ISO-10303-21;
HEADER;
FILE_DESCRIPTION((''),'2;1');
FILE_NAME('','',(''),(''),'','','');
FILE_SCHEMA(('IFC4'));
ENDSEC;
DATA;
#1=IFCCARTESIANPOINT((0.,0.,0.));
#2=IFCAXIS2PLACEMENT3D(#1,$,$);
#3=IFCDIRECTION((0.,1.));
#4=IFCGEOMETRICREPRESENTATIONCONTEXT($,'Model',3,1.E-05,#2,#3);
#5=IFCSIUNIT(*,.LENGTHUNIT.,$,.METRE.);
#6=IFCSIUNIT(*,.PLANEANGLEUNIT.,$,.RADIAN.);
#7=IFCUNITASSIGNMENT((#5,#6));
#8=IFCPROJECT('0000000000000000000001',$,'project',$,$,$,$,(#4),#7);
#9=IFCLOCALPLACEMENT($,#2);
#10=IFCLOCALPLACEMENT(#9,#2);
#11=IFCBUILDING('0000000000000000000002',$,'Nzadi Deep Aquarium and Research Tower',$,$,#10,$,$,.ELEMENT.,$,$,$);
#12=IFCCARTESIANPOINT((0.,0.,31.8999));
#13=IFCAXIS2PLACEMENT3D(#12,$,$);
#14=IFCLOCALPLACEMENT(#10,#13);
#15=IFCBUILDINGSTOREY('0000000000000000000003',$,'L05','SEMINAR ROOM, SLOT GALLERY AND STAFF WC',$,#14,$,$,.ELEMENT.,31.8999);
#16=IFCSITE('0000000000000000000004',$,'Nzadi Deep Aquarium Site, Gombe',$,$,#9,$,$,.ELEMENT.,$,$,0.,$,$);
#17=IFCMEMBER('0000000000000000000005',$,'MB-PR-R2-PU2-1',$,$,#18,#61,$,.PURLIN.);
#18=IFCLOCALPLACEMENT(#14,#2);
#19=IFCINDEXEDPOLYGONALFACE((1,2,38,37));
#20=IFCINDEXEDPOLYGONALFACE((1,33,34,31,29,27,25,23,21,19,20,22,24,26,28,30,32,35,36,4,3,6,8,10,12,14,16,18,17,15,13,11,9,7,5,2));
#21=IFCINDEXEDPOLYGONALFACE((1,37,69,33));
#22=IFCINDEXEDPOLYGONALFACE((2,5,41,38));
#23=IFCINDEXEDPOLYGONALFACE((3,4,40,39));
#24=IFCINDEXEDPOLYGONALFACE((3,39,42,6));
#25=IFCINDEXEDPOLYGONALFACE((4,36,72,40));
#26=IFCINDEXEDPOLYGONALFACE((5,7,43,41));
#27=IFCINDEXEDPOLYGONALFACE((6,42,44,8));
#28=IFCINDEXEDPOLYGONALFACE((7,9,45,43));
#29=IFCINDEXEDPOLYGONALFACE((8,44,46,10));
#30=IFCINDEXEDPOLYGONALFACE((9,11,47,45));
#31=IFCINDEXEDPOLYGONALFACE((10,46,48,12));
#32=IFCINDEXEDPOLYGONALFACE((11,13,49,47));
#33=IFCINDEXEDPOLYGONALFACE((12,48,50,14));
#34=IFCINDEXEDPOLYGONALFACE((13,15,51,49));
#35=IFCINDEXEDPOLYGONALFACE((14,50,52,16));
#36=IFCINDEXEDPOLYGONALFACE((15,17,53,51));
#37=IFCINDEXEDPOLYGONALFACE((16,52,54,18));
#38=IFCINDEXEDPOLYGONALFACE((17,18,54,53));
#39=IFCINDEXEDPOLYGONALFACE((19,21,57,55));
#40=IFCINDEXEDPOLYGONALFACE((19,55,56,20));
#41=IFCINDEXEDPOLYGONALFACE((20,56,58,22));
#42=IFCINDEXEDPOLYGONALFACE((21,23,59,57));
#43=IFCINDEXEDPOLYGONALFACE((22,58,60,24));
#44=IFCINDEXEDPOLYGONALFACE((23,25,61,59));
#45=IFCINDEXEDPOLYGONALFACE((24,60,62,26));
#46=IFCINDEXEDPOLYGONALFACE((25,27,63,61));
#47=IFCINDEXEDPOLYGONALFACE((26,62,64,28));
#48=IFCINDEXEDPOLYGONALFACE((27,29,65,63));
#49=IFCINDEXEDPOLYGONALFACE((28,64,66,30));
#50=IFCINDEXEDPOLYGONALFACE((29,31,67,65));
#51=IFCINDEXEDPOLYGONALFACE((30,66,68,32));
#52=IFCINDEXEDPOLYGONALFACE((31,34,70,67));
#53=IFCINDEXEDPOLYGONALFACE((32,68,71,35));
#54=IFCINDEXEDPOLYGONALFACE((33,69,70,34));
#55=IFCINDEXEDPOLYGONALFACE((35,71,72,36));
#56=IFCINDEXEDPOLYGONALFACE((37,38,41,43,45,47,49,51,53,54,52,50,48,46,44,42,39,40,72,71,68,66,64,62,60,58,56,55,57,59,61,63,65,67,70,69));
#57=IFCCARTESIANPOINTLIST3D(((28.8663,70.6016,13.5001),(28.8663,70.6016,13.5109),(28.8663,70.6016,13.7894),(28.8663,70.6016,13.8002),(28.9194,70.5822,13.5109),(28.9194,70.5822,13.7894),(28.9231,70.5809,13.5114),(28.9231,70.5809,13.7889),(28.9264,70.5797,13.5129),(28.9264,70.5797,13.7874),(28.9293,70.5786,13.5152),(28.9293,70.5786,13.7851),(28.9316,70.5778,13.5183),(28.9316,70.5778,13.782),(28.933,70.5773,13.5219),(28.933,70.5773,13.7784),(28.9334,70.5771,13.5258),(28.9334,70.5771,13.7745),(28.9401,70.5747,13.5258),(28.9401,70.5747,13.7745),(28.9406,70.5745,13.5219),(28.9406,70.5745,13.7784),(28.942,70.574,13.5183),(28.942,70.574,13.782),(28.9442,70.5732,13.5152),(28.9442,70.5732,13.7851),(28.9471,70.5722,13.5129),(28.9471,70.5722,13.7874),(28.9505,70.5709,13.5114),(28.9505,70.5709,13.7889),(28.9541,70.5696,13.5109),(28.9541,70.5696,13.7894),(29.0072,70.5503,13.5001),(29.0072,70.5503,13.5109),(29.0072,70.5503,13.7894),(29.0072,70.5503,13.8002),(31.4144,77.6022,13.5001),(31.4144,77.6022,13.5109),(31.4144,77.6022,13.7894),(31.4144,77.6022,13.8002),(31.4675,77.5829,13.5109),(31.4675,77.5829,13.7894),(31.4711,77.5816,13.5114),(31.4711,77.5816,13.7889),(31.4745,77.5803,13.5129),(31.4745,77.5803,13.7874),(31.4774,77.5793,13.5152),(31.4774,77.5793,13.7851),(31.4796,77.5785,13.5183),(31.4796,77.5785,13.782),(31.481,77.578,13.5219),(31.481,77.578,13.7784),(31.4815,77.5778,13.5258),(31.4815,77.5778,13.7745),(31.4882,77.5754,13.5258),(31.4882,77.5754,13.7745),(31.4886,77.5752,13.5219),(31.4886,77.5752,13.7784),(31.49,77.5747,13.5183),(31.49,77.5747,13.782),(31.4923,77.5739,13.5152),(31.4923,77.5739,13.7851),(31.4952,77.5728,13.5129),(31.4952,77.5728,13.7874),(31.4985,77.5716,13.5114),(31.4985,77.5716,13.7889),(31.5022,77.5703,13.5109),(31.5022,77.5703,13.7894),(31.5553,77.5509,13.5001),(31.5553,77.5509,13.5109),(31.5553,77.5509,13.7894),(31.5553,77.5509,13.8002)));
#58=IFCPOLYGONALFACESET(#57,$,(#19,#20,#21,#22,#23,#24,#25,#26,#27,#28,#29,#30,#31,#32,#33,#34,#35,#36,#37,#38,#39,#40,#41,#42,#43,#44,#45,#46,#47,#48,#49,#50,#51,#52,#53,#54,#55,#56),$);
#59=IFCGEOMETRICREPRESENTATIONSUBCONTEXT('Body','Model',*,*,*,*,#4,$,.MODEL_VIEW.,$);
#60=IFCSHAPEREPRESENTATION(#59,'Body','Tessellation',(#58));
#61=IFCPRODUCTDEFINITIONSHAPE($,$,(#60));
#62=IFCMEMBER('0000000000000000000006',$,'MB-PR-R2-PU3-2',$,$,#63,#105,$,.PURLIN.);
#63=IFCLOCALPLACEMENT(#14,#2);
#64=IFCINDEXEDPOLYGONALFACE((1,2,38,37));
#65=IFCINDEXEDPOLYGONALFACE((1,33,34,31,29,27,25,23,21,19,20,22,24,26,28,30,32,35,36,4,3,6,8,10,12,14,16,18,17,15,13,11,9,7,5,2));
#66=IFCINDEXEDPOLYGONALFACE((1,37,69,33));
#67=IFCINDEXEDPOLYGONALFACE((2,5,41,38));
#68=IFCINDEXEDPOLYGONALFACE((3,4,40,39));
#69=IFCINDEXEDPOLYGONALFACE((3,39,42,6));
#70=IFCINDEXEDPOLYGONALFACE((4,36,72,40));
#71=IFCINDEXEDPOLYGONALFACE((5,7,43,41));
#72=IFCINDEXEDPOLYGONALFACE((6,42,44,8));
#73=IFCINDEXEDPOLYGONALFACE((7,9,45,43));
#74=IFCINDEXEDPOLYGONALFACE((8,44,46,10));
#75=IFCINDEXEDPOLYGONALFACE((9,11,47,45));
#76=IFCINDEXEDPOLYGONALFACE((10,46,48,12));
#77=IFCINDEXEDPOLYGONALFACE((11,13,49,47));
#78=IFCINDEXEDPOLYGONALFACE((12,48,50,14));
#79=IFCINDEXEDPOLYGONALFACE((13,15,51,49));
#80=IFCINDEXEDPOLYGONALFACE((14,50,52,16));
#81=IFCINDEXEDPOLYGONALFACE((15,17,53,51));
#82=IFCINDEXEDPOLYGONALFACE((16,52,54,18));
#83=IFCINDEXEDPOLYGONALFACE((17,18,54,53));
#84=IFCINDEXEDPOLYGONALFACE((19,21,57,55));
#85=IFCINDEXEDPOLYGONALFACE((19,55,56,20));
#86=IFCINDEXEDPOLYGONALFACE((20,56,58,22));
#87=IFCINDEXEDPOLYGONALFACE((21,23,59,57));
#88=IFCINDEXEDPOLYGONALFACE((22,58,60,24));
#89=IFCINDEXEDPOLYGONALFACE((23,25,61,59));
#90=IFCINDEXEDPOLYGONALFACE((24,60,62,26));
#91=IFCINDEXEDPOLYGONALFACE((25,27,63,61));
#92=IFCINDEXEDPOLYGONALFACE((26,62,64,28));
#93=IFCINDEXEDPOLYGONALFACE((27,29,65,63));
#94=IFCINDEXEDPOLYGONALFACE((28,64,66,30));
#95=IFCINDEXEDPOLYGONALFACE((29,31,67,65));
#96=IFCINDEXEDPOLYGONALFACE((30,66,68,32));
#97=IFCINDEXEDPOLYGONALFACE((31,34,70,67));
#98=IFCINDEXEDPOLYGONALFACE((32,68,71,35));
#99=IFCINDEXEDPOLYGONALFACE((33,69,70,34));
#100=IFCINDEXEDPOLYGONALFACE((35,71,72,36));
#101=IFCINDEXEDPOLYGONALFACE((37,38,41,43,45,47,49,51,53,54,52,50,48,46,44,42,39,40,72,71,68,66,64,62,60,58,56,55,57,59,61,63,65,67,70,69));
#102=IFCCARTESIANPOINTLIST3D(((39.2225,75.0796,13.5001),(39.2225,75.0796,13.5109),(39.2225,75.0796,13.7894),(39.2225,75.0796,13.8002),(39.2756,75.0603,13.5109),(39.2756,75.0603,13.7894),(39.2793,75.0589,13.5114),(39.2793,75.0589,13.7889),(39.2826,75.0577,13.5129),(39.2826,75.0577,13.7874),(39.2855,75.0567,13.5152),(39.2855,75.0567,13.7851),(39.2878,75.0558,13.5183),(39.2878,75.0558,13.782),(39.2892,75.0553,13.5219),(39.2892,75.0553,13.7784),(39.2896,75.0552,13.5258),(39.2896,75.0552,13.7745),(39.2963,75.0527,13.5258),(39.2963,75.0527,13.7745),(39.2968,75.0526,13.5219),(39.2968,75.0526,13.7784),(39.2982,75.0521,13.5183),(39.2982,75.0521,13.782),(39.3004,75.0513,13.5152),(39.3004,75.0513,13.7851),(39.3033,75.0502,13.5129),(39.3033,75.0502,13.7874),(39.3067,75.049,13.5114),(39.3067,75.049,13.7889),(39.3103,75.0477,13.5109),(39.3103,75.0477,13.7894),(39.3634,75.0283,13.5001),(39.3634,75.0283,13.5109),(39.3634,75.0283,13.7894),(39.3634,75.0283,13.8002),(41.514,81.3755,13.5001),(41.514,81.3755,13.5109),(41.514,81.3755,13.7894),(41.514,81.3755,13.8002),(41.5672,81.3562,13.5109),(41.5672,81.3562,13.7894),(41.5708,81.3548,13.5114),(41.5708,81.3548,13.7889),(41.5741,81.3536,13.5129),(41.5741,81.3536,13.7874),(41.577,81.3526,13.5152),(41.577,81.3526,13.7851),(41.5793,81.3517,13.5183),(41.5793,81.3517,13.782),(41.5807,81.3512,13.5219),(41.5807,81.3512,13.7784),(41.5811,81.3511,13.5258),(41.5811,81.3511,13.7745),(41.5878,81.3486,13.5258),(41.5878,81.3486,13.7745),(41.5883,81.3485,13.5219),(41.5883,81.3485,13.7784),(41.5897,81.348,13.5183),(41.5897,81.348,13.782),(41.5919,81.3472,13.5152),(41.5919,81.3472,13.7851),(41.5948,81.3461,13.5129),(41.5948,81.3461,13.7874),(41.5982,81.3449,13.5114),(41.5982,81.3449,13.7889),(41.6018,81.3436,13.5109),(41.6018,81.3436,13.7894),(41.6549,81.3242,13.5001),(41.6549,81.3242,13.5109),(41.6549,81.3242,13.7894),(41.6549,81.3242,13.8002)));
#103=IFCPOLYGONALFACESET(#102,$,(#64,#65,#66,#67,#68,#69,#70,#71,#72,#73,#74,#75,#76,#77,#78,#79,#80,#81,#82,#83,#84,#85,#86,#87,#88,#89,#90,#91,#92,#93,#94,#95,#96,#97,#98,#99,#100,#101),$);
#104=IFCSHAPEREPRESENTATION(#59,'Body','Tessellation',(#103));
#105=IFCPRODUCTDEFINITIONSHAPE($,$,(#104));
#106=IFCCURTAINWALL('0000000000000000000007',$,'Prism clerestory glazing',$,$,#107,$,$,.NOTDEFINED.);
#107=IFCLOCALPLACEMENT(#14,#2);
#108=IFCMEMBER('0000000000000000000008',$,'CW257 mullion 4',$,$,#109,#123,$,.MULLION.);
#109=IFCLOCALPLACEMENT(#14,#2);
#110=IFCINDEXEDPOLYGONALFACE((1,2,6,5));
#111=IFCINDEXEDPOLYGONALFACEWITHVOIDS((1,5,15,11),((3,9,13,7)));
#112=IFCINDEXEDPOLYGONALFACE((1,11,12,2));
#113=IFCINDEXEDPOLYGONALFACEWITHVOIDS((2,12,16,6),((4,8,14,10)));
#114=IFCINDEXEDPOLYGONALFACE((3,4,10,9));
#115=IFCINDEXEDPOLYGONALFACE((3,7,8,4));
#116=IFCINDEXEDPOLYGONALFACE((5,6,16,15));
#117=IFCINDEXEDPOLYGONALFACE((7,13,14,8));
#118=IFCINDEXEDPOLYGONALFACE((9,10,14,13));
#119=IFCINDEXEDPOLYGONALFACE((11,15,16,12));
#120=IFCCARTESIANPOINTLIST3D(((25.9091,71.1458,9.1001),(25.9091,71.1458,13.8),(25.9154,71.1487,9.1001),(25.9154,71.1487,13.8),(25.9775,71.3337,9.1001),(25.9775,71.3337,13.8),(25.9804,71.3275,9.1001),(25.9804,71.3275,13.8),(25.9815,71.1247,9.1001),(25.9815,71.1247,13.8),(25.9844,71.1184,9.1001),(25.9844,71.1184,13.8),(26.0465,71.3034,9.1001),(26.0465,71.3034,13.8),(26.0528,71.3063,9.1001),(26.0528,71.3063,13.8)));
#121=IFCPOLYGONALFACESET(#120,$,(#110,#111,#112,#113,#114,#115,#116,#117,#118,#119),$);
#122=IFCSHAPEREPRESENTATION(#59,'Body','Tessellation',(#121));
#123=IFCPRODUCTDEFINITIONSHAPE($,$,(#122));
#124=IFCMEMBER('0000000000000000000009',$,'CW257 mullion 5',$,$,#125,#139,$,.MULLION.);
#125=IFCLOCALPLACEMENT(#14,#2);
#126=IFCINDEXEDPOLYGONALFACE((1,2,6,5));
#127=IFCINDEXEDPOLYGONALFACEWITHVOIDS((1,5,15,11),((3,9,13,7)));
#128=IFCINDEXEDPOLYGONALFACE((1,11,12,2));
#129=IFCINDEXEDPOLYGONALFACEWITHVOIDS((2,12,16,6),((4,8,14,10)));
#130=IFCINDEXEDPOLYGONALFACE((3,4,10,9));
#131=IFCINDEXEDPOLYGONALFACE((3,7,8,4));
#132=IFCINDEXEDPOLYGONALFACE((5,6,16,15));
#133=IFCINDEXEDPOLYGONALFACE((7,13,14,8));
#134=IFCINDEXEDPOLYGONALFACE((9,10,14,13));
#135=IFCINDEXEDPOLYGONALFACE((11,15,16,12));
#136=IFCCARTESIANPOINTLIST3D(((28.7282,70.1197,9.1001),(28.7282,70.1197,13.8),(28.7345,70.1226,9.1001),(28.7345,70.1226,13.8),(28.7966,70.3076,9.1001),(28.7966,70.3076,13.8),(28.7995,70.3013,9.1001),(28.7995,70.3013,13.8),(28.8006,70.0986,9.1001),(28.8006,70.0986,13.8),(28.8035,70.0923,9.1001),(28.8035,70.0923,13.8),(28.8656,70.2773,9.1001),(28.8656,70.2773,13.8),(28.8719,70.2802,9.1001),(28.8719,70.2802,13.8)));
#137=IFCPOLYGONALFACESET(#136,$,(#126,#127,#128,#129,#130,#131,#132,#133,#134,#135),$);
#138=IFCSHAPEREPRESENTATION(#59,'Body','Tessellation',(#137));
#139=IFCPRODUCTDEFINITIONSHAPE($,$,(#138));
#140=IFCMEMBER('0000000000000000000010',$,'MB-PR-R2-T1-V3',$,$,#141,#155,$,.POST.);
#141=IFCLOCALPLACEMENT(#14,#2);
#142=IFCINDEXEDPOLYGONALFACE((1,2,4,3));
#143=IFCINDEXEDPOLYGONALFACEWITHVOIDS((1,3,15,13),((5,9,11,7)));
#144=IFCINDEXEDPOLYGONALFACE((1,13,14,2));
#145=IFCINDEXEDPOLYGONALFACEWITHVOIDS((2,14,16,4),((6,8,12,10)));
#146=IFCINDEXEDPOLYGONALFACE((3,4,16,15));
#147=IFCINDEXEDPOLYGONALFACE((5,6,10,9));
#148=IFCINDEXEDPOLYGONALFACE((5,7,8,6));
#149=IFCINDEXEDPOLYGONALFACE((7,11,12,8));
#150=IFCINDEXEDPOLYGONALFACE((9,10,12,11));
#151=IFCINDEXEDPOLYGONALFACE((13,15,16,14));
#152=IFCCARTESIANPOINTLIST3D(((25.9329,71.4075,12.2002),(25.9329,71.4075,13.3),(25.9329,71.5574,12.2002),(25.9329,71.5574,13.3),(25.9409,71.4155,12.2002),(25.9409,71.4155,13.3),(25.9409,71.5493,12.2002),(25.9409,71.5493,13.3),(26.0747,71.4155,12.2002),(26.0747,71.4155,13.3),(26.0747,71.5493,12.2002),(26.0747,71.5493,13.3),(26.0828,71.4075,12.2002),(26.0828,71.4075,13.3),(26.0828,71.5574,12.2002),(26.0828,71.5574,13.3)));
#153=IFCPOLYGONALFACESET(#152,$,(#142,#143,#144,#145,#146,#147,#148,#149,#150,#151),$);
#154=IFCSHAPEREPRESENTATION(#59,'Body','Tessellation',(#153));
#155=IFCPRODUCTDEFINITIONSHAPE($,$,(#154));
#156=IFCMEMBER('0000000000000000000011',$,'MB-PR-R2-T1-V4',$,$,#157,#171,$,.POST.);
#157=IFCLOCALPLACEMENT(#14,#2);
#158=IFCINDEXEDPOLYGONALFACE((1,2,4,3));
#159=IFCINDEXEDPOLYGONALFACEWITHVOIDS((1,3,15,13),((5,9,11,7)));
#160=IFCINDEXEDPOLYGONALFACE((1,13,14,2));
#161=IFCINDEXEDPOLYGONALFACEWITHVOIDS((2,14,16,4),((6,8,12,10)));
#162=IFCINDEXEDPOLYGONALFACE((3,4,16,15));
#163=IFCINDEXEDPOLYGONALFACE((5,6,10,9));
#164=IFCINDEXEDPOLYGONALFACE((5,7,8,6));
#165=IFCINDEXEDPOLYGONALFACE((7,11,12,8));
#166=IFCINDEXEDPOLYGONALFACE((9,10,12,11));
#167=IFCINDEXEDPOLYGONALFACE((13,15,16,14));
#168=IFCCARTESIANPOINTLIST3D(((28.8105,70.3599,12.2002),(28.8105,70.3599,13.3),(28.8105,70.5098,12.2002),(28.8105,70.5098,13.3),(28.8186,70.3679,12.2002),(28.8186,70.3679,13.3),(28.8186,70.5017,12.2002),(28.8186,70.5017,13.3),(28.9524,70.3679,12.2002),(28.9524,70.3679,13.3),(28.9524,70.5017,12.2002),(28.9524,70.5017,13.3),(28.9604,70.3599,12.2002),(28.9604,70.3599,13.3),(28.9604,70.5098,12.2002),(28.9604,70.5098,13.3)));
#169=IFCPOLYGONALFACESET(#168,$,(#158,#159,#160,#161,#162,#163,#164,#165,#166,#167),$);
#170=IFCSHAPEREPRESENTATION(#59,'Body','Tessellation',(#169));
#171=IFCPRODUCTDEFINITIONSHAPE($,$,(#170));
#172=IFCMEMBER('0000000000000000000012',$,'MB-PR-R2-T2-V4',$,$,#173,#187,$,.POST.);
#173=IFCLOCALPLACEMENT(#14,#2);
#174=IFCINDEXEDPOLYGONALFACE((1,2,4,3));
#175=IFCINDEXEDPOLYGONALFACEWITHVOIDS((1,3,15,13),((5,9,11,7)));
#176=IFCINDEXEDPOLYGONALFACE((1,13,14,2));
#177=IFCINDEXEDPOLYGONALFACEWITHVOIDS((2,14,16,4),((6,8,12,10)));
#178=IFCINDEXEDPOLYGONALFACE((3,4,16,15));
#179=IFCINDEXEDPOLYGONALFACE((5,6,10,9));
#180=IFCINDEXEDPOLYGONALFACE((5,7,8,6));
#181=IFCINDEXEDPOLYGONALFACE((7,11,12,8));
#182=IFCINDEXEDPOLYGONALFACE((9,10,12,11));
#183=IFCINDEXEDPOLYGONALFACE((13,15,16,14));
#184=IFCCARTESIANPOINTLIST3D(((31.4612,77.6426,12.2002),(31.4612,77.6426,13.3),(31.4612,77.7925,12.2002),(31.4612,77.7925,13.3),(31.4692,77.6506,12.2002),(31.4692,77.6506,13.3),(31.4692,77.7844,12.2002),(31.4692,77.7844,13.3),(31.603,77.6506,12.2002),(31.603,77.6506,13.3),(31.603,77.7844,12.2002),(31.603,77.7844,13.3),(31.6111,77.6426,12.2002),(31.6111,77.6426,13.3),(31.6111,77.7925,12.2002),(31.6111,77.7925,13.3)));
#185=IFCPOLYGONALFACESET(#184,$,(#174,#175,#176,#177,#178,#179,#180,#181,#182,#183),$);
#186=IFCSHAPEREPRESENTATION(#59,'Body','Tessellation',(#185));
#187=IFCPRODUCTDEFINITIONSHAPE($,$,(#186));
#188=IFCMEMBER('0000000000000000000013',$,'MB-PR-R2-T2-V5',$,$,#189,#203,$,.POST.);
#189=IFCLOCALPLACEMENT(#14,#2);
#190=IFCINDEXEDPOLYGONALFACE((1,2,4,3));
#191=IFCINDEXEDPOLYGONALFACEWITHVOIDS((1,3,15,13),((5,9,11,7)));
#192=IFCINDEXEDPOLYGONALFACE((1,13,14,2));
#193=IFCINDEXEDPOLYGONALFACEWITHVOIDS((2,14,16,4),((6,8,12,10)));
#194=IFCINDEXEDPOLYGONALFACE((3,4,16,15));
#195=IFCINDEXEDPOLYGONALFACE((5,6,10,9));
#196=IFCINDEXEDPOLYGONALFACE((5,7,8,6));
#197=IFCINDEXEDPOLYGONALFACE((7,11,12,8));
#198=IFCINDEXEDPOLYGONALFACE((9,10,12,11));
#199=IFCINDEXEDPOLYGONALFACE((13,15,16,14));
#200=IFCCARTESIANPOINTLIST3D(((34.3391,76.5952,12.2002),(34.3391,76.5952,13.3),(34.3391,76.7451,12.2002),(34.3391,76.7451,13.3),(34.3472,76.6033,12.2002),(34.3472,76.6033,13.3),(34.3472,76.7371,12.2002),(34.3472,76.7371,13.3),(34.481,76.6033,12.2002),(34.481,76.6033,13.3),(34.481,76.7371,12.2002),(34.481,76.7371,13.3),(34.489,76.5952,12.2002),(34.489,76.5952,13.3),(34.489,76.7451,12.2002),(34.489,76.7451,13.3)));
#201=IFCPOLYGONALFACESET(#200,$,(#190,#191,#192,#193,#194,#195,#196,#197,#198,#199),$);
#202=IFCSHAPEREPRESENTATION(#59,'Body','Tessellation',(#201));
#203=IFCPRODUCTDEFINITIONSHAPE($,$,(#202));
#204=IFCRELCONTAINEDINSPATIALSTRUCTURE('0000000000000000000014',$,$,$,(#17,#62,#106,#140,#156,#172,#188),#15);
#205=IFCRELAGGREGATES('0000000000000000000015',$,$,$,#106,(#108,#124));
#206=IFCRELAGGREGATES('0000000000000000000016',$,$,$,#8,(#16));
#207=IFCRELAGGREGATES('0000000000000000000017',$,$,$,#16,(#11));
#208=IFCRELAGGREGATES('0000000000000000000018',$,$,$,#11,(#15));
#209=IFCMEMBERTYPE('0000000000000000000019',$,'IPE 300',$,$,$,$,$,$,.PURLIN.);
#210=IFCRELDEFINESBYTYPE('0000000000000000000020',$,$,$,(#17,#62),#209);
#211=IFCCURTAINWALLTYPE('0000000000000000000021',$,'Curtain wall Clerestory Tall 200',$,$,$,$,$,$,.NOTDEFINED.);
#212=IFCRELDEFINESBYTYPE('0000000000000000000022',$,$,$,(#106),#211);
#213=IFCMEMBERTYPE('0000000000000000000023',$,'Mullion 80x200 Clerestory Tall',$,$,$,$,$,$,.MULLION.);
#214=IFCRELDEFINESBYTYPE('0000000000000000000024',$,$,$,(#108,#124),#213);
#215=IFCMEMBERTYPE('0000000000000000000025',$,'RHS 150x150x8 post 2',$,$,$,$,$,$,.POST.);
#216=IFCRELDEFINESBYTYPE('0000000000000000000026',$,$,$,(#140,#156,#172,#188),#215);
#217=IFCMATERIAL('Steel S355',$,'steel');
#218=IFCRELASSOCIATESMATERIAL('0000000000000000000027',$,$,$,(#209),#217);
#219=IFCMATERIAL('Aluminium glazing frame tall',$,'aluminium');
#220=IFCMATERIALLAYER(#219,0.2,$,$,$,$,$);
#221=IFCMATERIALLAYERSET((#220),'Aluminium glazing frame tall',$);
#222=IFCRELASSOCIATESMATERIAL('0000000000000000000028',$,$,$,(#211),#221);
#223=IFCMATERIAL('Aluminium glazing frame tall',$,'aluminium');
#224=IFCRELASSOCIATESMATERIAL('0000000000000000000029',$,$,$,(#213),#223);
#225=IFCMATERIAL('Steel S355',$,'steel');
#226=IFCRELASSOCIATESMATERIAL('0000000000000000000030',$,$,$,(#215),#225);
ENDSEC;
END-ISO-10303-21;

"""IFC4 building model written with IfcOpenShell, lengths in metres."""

from ifc_helpers import new_model, si_unit, direction, frame, origin, origin_2d, place, context, subcontext, project, spatial, hollow_rectangle, i_section, extrude, material, layer, layer_set, material_profile, profile_set, type_object, element, aggregate, save


model = new_model("IFC4")

# Units and contexts
model_context = context("Model", 3, precision=1e-05, world=origin(), true_north=direction((0.0, 1.0)))
body_context = subcontext(model_context, "Body", "Model", "MODEL_VIEW")
ifc_project = project(units=[si_unit("LENGTHUNIT", "METRE"), si_unit("PLANEANGLEUNIT", "RADIAN")], contexts=[model_context])

# Site, building, storey
site_placement = place(None, origin())
site = spatial("IfcSite", under=ifc_project, at=site_placement, Name="Nzadi Deep Aquarium Site, Gombe", CompositionType="ELEMENT", RefElevation=0.0)
building_placement = place(site_placement, origin())
building = spatial("IfcBuilding", under=site, at=building_placement, Name="Nzadi Deep Aquarium and Research Tower", CompositionType="ELEMENT")
storey_placement = place(building_placement, frame((0.0, 0.0, 31.8999)))
storey = spatial("IfcBuildingStorey", under=building, at=storey_placement, Name="L05", Description="SEMINAR ROOM, SLOT GALLERY AND STAFF WC", CompositionType="ELEMENT", Elevation=31.8999)

# Members
ifc_material_1 = material(Name="Steel S355", Category="steel")
ifc_material_profile_1 = material_profile(ifc_material_1, i_section(OverallWidth=0.1499, OverallDepth=0.3, WebThickness=0.0071, FlangeThickness=0.0107, FilletRadius=0.0149, at=origin_2d()))
ifc_profile_set_1 = profile_set([ifc_material_profile_1], Name="Steel S355")
member_type_1 = type_object("IfcMemberType", Name="IPE 300", PredefinedType="PURLIN", material=ifc_profile_set_1)
member_1_placement = place(storey_placement, frame((28.9368, 70.5759, 13.6501), z_axis=(0.342025, 0.939691, 0.0), x_axis=(-0.939691, 0.342025, 0.0)))
element("IfcMember", 1, at=member_1_placement, inside=storey, type_object=member_type_1, Name="MB-PR-R2-PU2-1", PredefinedType="PURLIN", context=body_context, shape_type="SweptSolid", body=[
    extrude(i_section(OverallWidth=0.1499, OverallDepth=0.3, WebThickness=0.0071, FlangeThickness=0.0107, FilletRadius=0.0149, at=origin_2d()), origin(), (0.0, 0.0, 1.0), 7.45),
])
member_2_placement = place(storey_placement, frame((39.293, 75.054, 13.6501), z_axis=(0.342018, 0.939693, 0.0), x_axis=(-0.939693, 0.342018, 0.0)))
element("IfcMember", 2, at=member_2_placement, inside=storey, type_object=member_type_1, Name="MB-PR-R2-PU3-2", PredefinedType="PURLIN", context=body_context, shape_type="SweptSolid", body=[
    extrude(i_section(OverallWidth=0.1499, OverallDepth=0.3, WebThickness=0.0071, FlangeThickness=0.0107, FilletRadius=0.0149, at=origin_2d()), origin(), (0.0, 0.0, 1.0), 6.7),
])

# Curtain wall, members
ifc_material_2 = material(Name="Aluminium glazing frame tall", Category="aluminium")
ifc_layer_1 = layer(ifc_material_2, 0.2)
ifc_layer_set_1 = layer_set([ifc_layer_1], Name="Aluminium glazing frame tall")
curtain_wall_type = type_object("IfcCurtainWallType", Name="Curtain wall Clerestory Tall 200", PredefinedType="NOTDEFINED", material=ifc_layer_set_1)
curtain_wall_placement = place(storey_placement, origin())
curtain_wall = element("IfcCurtainWall", 3, at=curtain_wall_placement, inside=storey, type_object=curtain_wall_type, Name="Prism clerestory glazing", PredefinedType="NOTDEFINED")
ifc_material_3 = material(Name="Aluminium glazing frame tall", Category="aluminium")
ifc_material_profile_2 = material_profile(ifc_material_3, hollow_rectangle(XDim=0.2, YDim=0.0801, WallThickness=0.0049, at=origin_2d()))
ifc_profile_set_2 = profile_set([ifc_material_profile_2], Name="Aluminium glazing frame tall")
member_type_2 = type_object("IfcMemberType", Name="Mullion 80x200 Clerestory Tall", PredefinedType="MULLION", material=ifc_profile_set_2)
member_3_placement = place(storey_placement, frame((25.981, 71.2261, 9.1001), z_axis=(0.0, 0.0, 1.0), x_axis=(0.34202, 0.939693, 0.0)))
member_3 = element("IfcMember", 4, at=member_3_placement, type_object=member_type_2, Name="CW257 mullion 4", PredefinedType="MULLION", context=body_context, shape_type="SweptSolid", body=[
    extrude(hollow_rectangle(XDim=0.2, YDim=0.0801, WallThickness=0.0049, at=origin_2d()), origin(), (0.0, 0.0, 1.0), 4.7),
])
member_4_placement = place(storey_placement, frame((28.8, 70.2, 9.1001), z_axis=(0.0, 0.0, 1.0), x_axis=(0.34202, 0.939693, 0.0)))
member_4 = element("IfcMember", 5, at=member_4_placement, type_object=member_type_2, Name="CW257 mullion 5", PredefinedType="MULLION", context=body_context, shape_type="SweptSolid", body=[
    extrude(hollow_rectangle(XDim=0.2, YDim=0.0801, WallThickness=0.0049, at=origin_2d()), origin(), (0.0, 0.0, 1.0), 4.7),
])

# Members
ifc_material_4 = material(Name="Steel S355", Category="steel")
ifc_material_profile_3 = material_profile(ifc_material_4, hollow_rectangle(XDim=0.1499, YDim=0.1499, WallThickness=0.0081, at=origin_2d()))
ifc_profile_set_3 = profile_set([ifc_material_profile_3], Name="Steel S355")
member_type_3 = type_object("IfcMemberType", Name="RHS 150x150x8 post 2", PredefinedType="POST", material=ifc_profile_set_3)
for number, where, z_axis, x_axis, name in (
    (6, (26.0078, 71.4824, 12.2002), (0.0, 0.0, 1.0), (1.0, 0.0, 0.0), "MB-PR-R2-T1-V3"),
    (7, (28.8855, 70.4348, 12.2002), (0.0, 0.0, 1.0), (1.0, 0.0, 0.0), "MB-PR-R2-T1-V4"),
    (8, (31.5361, 77.7175, 12.2002), (0.0, 0.0, 1.0), (1.0, 0.0, 0.0), "MB-PR-R2-T2-V4"),
    (9, (34.4141, 76.6702, 12.2002), (0.0, 0.0, 1.0), (1.0, 0.0, 0.0), "MB-PR-R2-T2-V5"),
):
    element("IfcMember", number, at=place(storey_placement, frame(where, z_axis=z_axis, x_axis=x_axis)), inside=storey, type_object=member_type_3, Name=name, PredefinedType="POST", context=body_context, shape_type="SweptSolid", body=[
        extrude(hollow_rectangle(XDim=0.1499, YDim=0.1499, WallThickness=0.0081, at=origin_2d()), origin(), (0.0, 0.0, 1.0), 1.0999),
    ])

aggregate(curtain_wall, [member_3, member_4])

save(model, "model.ifc")
